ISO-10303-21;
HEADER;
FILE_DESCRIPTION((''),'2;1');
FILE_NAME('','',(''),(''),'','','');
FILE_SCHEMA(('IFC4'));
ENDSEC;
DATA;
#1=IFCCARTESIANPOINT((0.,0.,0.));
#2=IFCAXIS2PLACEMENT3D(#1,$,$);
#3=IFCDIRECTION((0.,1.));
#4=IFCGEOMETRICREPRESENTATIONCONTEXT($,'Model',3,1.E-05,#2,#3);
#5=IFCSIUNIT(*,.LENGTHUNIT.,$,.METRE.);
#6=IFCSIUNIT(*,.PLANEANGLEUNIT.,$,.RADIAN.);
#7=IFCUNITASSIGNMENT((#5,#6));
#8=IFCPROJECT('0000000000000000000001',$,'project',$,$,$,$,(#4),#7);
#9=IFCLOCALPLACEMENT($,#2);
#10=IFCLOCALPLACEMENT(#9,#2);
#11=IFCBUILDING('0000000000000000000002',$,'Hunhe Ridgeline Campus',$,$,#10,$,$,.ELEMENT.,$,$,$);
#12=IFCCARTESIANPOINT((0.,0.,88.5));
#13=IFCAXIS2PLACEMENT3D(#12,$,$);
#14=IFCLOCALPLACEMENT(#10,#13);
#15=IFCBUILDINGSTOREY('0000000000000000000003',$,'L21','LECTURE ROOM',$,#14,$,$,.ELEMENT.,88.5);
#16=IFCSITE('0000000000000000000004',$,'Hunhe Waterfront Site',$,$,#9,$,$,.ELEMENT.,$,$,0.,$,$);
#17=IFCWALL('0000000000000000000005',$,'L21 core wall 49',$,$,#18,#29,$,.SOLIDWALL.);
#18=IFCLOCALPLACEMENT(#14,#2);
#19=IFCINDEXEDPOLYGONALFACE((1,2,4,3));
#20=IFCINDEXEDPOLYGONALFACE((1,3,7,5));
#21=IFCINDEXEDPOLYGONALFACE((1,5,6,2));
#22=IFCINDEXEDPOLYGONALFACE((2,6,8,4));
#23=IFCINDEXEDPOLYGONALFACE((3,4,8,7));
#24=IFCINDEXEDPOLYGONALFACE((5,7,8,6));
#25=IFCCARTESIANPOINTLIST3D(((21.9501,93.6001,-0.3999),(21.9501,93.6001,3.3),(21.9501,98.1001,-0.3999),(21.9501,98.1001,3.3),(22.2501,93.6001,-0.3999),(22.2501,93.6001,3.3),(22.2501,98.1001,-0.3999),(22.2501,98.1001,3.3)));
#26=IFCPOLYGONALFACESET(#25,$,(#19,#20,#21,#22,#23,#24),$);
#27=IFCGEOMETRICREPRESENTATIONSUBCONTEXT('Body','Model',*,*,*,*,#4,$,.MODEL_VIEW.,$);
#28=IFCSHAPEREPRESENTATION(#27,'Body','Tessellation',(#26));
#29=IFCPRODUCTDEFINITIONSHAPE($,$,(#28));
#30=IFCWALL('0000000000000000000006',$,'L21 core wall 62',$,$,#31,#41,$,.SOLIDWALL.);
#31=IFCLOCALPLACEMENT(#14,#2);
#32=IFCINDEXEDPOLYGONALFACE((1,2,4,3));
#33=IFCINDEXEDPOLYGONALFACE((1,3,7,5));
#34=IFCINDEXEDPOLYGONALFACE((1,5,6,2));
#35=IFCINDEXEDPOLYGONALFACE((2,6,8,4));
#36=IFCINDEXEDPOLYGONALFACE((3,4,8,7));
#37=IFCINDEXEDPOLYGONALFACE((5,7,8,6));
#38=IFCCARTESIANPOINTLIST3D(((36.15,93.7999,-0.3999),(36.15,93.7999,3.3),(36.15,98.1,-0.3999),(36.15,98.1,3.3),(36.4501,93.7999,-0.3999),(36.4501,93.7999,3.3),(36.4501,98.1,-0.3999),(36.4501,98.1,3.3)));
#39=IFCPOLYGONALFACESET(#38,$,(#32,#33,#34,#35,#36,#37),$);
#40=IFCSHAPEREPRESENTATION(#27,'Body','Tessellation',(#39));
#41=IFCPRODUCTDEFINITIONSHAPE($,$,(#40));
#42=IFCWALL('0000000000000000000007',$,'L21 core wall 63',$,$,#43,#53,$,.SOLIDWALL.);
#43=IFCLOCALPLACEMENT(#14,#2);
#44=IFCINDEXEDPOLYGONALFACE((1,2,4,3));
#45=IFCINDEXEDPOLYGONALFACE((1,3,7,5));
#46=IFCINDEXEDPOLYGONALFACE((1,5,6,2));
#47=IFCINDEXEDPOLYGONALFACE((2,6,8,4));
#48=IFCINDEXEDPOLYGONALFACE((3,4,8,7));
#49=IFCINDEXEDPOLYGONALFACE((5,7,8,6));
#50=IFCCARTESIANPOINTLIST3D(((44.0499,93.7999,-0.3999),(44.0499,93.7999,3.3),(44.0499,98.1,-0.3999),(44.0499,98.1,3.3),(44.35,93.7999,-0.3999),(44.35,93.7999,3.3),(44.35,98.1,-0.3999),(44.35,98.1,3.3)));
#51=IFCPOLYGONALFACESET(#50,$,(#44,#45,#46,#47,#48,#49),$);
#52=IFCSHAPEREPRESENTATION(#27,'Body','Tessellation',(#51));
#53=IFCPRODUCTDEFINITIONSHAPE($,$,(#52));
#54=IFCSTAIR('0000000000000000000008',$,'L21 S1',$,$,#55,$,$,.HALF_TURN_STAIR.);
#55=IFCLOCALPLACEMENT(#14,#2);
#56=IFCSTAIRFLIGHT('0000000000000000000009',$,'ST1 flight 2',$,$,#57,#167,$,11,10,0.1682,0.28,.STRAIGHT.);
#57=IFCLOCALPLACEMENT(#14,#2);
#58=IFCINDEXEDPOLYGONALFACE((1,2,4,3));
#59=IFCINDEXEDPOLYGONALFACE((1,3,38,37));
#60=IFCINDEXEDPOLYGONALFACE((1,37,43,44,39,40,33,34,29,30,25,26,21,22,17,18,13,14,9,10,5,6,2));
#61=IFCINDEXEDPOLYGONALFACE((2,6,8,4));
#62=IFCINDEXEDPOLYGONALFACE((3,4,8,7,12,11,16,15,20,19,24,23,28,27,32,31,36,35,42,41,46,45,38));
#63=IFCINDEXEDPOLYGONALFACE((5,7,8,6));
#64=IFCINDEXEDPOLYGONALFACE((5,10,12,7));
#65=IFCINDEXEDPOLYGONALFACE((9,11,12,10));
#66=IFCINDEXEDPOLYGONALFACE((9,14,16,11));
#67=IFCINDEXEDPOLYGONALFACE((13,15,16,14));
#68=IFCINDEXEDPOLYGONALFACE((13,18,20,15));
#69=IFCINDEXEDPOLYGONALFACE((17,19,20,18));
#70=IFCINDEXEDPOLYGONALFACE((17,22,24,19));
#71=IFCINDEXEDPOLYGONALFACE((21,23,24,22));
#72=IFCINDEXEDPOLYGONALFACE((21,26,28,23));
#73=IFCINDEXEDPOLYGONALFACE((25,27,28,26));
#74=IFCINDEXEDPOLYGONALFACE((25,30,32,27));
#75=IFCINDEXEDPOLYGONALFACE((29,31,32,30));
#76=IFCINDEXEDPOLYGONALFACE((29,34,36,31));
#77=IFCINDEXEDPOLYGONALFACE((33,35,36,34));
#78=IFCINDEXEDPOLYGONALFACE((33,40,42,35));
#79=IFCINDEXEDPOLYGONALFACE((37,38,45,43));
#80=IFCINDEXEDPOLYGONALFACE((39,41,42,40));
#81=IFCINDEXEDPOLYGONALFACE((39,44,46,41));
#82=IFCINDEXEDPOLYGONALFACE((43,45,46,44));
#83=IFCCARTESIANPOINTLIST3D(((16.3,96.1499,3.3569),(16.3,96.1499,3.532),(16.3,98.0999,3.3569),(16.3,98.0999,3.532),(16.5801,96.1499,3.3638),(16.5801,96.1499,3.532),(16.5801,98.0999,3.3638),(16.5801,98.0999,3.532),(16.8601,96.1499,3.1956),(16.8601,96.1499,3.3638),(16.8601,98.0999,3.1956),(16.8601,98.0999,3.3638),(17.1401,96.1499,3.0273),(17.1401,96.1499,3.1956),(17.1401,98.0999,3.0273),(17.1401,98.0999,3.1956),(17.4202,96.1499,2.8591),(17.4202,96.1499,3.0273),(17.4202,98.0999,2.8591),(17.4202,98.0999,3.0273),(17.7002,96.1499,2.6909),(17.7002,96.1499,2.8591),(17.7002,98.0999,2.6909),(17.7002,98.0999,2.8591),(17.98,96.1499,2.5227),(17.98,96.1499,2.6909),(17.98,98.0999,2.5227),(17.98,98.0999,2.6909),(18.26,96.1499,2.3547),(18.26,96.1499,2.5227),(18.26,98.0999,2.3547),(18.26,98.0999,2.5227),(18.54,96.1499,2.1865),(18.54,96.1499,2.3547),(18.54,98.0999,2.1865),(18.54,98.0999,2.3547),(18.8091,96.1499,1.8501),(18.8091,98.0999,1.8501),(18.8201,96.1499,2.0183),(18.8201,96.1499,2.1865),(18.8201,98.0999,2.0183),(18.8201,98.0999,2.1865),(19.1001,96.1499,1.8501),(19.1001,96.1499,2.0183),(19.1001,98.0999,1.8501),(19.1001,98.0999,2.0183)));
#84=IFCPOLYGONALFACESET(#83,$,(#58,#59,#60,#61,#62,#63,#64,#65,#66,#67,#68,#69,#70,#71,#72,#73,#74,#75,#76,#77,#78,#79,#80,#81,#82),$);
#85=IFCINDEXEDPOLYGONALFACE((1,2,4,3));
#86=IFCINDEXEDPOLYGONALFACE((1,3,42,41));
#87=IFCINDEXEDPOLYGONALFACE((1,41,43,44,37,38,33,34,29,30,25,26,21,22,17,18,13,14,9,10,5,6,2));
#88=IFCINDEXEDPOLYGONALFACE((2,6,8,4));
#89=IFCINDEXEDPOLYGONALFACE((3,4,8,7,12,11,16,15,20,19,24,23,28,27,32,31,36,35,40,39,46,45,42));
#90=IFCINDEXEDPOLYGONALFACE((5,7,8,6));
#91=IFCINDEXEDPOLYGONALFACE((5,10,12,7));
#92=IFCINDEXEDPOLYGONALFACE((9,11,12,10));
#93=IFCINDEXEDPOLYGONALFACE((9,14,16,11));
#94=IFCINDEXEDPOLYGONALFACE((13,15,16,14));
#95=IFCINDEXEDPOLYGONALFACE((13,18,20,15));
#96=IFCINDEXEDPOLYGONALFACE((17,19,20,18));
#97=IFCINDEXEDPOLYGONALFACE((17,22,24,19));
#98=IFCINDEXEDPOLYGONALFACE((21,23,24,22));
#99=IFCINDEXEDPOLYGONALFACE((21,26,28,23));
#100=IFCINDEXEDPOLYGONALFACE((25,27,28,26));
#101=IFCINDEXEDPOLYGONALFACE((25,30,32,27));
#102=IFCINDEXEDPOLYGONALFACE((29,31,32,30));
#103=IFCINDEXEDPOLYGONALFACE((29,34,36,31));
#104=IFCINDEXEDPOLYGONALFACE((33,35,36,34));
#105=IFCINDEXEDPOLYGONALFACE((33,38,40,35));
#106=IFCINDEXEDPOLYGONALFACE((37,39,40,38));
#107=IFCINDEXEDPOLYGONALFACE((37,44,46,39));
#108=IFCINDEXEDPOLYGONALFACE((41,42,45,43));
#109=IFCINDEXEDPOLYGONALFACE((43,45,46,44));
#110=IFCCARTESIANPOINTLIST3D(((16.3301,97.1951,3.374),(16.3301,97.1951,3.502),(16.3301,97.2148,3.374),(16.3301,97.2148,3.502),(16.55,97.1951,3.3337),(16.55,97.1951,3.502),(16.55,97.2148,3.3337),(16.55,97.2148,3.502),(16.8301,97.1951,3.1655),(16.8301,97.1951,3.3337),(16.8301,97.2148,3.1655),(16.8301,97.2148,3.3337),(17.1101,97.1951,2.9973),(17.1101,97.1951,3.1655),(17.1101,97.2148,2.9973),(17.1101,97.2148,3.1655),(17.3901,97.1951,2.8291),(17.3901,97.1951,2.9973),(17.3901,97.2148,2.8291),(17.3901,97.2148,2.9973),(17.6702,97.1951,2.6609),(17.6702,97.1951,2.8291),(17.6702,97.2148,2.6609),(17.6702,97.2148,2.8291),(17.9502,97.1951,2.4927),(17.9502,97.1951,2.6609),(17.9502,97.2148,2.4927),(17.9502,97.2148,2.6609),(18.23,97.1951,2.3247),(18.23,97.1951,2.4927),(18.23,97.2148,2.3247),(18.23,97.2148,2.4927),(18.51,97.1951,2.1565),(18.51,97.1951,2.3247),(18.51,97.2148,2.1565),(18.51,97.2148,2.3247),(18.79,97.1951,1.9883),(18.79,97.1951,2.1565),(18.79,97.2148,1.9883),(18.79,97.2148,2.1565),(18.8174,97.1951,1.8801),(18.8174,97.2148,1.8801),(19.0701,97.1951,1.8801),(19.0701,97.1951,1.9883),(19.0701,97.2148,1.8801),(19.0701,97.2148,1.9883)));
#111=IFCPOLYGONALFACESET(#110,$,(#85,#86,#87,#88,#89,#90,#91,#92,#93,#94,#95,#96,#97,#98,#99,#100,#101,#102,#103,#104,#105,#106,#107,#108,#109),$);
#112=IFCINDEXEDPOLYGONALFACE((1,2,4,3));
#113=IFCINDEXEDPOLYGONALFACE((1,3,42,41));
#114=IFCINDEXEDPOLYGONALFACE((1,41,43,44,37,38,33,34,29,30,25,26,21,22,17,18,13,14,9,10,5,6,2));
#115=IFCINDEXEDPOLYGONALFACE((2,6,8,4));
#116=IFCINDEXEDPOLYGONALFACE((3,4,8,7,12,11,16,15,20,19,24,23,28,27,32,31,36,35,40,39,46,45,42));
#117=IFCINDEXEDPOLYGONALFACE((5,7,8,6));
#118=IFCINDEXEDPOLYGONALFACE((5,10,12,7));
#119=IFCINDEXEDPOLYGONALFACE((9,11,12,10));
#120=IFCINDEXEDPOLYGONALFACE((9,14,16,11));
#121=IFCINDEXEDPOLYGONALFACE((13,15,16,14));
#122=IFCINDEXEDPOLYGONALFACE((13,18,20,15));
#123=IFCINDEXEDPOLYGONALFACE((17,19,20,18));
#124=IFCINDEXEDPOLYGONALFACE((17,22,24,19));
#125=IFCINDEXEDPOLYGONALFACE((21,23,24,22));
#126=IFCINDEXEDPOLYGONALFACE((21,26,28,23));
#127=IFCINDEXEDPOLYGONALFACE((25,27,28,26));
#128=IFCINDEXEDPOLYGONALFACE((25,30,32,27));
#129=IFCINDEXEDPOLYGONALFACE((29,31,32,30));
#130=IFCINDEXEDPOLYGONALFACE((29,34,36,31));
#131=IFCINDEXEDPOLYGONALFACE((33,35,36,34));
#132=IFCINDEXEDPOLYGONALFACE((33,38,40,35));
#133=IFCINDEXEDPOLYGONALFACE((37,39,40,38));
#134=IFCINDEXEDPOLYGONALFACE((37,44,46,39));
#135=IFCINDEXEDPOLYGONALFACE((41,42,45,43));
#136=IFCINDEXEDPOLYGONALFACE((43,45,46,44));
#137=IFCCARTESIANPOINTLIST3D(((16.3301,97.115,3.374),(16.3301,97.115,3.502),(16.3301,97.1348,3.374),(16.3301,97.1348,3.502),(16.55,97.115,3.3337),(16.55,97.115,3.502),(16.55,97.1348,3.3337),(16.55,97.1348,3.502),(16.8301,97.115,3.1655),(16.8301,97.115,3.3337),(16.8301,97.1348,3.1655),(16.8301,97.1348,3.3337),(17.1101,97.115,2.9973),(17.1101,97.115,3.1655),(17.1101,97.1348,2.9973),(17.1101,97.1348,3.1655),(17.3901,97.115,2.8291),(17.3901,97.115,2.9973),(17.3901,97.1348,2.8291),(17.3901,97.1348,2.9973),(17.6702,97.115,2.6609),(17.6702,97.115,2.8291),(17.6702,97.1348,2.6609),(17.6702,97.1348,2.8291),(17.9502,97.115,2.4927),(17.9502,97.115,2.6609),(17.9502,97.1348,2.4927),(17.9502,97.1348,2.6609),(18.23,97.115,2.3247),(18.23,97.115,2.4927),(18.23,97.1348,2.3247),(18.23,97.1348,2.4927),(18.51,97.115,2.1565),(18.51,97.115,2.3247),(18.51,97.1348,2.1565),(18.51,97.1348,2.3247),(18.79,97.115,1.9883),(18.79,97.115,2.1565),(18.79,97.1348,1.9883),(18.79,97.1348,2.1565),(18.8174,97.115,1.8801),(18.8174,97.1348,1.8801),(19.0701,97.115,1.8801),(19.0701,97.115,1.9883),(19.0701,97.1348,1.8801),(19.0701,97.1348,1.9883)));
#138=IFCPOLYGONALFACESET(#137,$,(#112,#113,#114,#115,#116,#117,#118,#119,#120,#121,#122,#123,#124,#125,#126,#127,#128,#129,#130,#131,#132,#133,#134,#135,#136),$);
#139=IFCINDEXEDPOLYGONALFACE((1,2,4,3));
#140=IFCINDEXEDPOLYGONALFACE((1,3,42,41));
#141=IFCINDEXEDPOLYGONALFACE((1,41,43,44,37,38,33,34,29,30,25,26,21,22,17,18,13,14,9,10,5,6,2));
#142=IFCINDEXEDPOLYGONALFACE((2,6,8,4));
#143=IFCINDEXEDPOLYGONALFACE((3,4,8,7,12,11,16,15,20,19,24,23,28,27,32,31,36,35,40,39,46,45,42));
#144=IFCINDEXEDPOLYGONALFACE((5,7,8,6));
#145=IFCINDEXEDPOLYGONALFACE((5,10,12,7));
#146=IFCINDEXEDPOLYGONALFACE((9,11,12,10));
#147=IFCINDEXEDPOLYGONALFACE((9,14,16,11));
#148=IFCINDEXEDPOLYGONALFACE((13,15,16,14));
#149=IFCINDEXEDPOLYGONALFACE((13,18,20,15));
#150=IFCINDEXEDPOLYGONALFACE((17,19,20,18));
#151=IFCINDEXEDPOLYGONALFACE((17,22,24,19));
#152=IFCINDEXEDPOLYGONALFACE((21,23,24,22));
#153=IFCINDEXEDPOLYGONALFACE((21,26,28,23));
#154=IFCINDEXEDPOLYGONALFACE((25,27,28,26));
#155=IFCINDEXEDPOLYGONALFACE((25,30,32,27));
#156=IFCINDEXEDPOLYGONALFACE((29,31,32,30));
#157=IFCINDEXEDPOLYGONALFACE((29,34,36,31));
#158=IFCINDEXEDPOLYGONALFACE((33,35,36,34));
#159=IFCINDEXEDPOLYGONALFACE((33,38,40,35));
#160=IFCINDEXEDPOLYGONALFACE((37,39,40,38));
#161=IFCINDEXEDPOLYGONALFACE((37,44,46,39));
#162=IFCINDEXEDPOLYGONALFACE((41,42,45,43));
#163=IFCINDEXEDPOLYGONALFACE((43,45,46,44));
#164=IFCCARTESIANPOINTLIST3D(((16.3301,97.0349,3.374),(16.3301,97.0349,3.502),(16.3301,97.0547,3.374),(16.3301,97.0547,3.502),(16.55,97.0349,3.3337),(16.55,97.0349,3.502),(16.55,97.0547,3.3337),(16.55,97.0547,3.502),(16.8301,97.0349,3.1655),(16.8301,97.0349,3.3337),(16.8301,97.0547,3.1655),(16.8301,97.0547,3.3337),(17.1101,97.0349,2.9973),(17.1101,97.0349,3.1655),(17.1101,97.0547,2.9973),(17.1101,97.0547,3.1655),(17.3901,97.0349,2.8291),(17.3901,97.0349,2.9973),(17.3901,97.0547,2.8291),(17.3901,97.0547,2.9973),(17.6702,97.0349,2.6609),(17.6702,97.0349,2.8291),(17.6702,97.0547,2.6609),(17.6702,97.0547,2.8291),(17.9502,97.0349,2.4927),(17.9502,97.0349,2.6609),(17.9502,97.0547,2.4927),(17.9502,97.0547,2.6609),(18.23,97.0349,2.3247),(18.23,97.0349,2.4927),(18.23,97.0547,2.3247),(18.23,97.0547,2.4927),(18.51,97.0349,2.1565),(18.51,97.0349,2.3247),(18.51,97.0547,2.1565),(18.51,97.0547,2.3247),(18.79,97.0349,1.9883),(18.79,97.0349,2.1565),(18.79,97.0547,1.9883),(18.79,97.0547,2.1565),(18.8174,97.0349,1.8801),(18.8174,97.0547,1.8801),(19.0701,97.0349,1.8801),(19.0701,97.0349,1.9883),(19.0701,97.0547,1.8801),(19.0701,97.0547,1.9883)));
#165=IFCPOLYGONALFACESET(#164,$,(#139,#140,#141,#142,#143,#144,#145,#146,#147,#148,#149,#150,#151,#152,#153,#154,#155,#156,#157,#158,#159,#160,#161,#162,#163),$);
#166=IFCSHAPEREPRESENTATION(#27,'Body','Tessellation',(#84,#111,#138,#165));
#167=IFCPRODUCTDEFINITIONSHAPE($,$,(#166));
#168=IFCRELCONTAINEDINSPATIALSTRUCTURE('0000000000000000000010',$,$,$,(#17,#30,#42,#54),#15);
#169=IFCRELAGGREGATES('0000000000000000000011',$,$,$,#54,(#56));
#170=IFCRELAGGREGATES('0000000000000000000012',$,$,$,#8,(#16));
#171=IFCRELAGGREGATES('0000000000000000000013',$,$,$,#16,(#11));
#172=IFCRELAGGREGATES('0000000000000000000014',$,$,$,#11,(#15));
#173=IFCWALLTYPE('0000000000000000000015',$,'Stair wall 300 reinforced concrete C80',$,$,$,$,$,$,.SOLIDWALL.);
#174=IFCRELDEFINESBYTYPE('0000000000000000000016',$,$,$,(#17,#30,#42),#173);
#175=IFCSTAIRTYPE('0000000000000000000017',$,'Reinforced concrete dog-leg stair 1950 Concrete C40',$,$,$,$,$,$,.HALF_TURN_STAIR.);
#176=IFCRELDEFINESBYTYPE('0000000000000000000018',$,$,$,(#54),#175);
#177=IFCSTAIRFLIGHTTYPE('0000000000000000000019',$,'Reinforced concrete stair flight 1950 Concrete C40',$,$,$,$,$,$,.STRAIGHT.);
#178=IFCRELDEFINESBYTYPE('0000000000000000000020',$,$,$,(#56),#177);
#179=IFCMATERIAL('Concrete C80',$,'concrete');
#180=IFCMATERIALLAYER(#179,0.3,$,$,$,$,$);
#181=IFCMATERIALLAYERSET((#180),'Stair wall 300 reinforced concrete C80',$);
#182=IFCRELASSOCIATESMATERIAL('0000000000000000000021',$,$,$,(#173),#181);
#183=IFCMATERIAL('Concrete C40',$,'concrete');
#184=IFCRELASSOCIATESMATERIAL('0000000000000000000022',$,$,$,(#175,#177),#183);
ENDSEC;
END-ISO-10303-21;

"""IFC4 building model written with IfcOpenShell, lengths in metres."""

from ifc_helpers import new_model, si_unit, direction, frame, frame_2d, origin, place, context, subcontext, project, spatial, polyline, rectangle, outline, extrude, material, layer, layer_set, type_object, element, aggregate, save


model = new_model("IFC4")

# Units and contexts
model_context = context("Model", 3, precision=1e-05, world=origin(), true_north=direction((0.0, 1.0)))
body_context = subcontext(model_context, "Body", "Model", "MODEL_VIEW")
ifc_project = project(units=[si_unit("LENGTHUNIT", "METRE"), si_unit("PLANEANGLEUNIT", "RADIAN")], contexts=[model_context])

# Site, building, storey
site_placement = place(None, origin())
site = spatial("IfcSite", under=ifc_project, at=site_placement, Name="Hunhe Waterfront Site", CompositionType="ELEMENT", RefElevation=0.0)
building_placement = place(site_placement, origin())
building = spatial("IfcBuilding", under=site, at=building_placement, Name="Hunhe Ridgeline Campus", CompositionType="ELEMENT")
storey_placement = place(building_placement, frame((0.0, 0.0, 88.5)))
storey = spatial("IfcBuildingStorey", under=building, at=storey_placement, Name="L21", Description="LECTURE ROOM", CompositionType="ELEMENT", Elevation=88.5)

# Shared definitions
ifc_material_1 = material(Name="Concrete C80", Category="concrete")

# Shared definitions
ifc_layer_1 = layer(ifc_material_1, 0.3)
ifc_layer_set_1 = layer_set([ifc_layer_1], Name="Stair wall 300 reinforced concrete C80")
wall_type_1 = type_object("IfcWallType", Name="Stair wall 300 reinforced concrete C80", PredefinedType="SOLIDWALL", material=ifc_layer_set_1)

# Walls
wall_1_placement = place(storey_placement, frame((22.1001, 93.6001, -0.3999), z_axis=(0.0, 0.0, 1.0), x_axis=(0.0, 1.0, 0.0)))
element("IfcWall", 1, at=wall_1_placement, inside=storey, type_object=wall_type_1, Name="L21 core wall 49", PredefinedType="SOLIDWALL", context=body_context, shape_type="SweptSolid", body=[
    extrude(rectangle(XDim=4.5, YDim=0.3, at=frame_2d((2.25, 0.0))), origin(), (0.0, 0.0, 1.0), 3.7),
])
for number, where, z_axis, x_axis, name in (
    (2, (36.3, 93.8, -0.3999), (0.0, 0.0, 1.0), (0.0, 1.0, 0.0), "L21 core wall 62"),
    (3, (44.2, 93.8, -0.3999), (0.0, 0.0, 1.0), (0.0, 1.0, 0.0), "L21 core wall 63"),
):
    element("IfcWall", number, at=place(storey_placement, frame(where, z_axis=z_axis, x_axis=x_axis)), inside=storey, type_object=wall_type_1, Name=name, PredefinedType="SOLIDWALL", context=body_context, shape_type="SweptSolid", body=[
        extrude(rectangle(XDim=4.3, YDim=0.3, at=frame_2d((2.1499, 0.0))), origin(), (0.0, 0.0, 1.0), 3.7),
    ])

# Stair, stair flight
ifc_material_2 = material(Name="Concrete C40", Category="concrete")
stair_type = type_object("IfcStairType", Name="Reinforced concrete dog-leg stair 1950 Concrete C40", PredefinedType="HALF_TURN_STAIR", material=ifc_material_2)
stair_1_placement = place(storey_placement, origin())
stair_1 = element("IfcStair", 4, at=stair_1_placement, inside=storey, type_object=stair_type, Name="L21 S1", PredefinedType="HALF_TURN_STAIR")
stair_flight_type = type_object("IfcStairFlightType", Name="Reinforced concrete stair flight 1950 Concrete C40", PredefinedType="STRAIGHT", material=ifc_material_2)
stair_flight_1_placement = place(storey_placement, frame((19.1001, 97.125, 1.8501), z_axis=(0.0, 0.0, 1.0), x_axis=(-1.0, 0.0, 0.0)))
stair_flight_1 = element("IfcStairFlight", 5, at=stair_flight_1_placement, type_object=stair_flight_type, Name="ST1 flight 2", NumberOfRisers=11, NumberOfTreads=10, PredefinedType="STRAIGHT", RiserHeight=0.1682, TreadLength=0.28, context=body_context, shape_type="SweptSolid", body=[
    extrude(outline(polyline([(0.0, 0.0), (0.0, 0.1682), (0.28, 0.1682), (0.28, 0.3364), (0.5601, 0.3364), (0.5601, 0.5046), (0.8401, 0.5046), (0.8401, 0.6726), (1.1201, 0.6726), (1.1201, 0.8408), (1.3999, 0.8408), (1.3999, 1.009), (1.6799, 1.009), (1.6799, 1.1772), (1.96, 1.1772), (1.96, 1.3455), (2.24, 1.3455), (2.24, 1.5137), (2.52, 1.5137), (2.52, 1.6819), (2.8, 1.6819), (2.8, 1.8501), (2.8, 1.5068), (0.291, 0.0), (0.0, 0.0)])), frame((0.0, 0.9751, 0.0), z_axis=(0.0, -1.0, 0.0), x_axis=(1.0, 0.0, 0.0)), (0.0, 0.0, 1.0), 1.95),
    extrude(outline(polyline([(0.03, 0.03), (0.03, 0.1382), (0.3101, 0.1382), (0.3101, 0.3064), (0.5901, 0.3064), (0.5901, 0.4746), (0.8701, 0.4746), (0.8701, 0.6426), (1.1499, 0.6426), (1.1499, 0.8108), (1.4299, 0.8108), (1.4299, 0.979), (1.71, 0.979), (1.71, 1.1472), (1.99, 1.1472), (1.99, 1.3154), (2.27, 1.3154), (2.27, 1.4836), (2.55, 1.4836), (2.55, 1.6519), (2.77, 1.6519), (2.77, 1.5239), (0.2827, 0.03), (0.03, 0.03)])), frame((0.0, -0.0701, 0.0), z_axis=(0.0, -1.0, 0.0), x_axis=(1.0, 0.0, 0.0)), (0.0, 0.0, 1.0), 0.0198),
    extrude(outline(polyline([(0.03, 0.03), (0.03, 0.1382), (0.3101, 0.1382), (0.3101, 0.3064), (0.5901, 0.3064), (0.5901, 0.4746), (0.8701, 0.4746), (0.8701, 0.6426), (1.1499, 0.6426), (1.1499, 0.8108), (1.4299, 0.8108), (1.4299, 0.979), (1.71, 0.979), (1.71, 1.1472), (1.99, 1.1472), (1.99, 1.3154), (2.27, 1.3154), (2.27, 1.4836), (2.55, 1.4836), (2.55, 1.6519), (2.77, 1.6519), (2.77, 1.5239), (0.2827, 0.03), (0.03, 0.03)])), frame((0.0, 0.01, 0.0), z_axis=(0.0, -1.0, 0.0), x_axis=(1.0, 0.0, 0.0)), (0.0, 0.0, 1.0), 0.0198),
    extrude(outline(polyline([(0.03, 0.03), (0.03, 0.1382), (0.3101, 0.1382), (0.3101, 0.3064), (0.5901, 0.3064), (0.5901, 0.4746), (0.8701, 0.4746), (0.8701, 0.6426), (1.1499, 0.6426), (1.1499, 0.8108), (1.4299, 0.8108), (1.4299, 0.979), (1.71, 0.979), (1.71, 1.1472), (1.99, 1.1472), (1.99, 1.3154), (2.27, 1.3154), (2.27, 1.4836), (2.55, 1.4836), (2.55, 1.6519), (2.77, 1.6519), (2.77, 1.5239), (0.2827, 0.03), (0.03, 0.03)])), frame((0.0, 0.0901, 0.0), z_axis=(0.0, -1.0, 0.0), x_axis=(1.0, 0.0, 0.0)), (0.0, 0.0, 1.0), 0.0198),
])
aggregate(stair_1, [stair_flight_1])

save(model, "model.ifc")
